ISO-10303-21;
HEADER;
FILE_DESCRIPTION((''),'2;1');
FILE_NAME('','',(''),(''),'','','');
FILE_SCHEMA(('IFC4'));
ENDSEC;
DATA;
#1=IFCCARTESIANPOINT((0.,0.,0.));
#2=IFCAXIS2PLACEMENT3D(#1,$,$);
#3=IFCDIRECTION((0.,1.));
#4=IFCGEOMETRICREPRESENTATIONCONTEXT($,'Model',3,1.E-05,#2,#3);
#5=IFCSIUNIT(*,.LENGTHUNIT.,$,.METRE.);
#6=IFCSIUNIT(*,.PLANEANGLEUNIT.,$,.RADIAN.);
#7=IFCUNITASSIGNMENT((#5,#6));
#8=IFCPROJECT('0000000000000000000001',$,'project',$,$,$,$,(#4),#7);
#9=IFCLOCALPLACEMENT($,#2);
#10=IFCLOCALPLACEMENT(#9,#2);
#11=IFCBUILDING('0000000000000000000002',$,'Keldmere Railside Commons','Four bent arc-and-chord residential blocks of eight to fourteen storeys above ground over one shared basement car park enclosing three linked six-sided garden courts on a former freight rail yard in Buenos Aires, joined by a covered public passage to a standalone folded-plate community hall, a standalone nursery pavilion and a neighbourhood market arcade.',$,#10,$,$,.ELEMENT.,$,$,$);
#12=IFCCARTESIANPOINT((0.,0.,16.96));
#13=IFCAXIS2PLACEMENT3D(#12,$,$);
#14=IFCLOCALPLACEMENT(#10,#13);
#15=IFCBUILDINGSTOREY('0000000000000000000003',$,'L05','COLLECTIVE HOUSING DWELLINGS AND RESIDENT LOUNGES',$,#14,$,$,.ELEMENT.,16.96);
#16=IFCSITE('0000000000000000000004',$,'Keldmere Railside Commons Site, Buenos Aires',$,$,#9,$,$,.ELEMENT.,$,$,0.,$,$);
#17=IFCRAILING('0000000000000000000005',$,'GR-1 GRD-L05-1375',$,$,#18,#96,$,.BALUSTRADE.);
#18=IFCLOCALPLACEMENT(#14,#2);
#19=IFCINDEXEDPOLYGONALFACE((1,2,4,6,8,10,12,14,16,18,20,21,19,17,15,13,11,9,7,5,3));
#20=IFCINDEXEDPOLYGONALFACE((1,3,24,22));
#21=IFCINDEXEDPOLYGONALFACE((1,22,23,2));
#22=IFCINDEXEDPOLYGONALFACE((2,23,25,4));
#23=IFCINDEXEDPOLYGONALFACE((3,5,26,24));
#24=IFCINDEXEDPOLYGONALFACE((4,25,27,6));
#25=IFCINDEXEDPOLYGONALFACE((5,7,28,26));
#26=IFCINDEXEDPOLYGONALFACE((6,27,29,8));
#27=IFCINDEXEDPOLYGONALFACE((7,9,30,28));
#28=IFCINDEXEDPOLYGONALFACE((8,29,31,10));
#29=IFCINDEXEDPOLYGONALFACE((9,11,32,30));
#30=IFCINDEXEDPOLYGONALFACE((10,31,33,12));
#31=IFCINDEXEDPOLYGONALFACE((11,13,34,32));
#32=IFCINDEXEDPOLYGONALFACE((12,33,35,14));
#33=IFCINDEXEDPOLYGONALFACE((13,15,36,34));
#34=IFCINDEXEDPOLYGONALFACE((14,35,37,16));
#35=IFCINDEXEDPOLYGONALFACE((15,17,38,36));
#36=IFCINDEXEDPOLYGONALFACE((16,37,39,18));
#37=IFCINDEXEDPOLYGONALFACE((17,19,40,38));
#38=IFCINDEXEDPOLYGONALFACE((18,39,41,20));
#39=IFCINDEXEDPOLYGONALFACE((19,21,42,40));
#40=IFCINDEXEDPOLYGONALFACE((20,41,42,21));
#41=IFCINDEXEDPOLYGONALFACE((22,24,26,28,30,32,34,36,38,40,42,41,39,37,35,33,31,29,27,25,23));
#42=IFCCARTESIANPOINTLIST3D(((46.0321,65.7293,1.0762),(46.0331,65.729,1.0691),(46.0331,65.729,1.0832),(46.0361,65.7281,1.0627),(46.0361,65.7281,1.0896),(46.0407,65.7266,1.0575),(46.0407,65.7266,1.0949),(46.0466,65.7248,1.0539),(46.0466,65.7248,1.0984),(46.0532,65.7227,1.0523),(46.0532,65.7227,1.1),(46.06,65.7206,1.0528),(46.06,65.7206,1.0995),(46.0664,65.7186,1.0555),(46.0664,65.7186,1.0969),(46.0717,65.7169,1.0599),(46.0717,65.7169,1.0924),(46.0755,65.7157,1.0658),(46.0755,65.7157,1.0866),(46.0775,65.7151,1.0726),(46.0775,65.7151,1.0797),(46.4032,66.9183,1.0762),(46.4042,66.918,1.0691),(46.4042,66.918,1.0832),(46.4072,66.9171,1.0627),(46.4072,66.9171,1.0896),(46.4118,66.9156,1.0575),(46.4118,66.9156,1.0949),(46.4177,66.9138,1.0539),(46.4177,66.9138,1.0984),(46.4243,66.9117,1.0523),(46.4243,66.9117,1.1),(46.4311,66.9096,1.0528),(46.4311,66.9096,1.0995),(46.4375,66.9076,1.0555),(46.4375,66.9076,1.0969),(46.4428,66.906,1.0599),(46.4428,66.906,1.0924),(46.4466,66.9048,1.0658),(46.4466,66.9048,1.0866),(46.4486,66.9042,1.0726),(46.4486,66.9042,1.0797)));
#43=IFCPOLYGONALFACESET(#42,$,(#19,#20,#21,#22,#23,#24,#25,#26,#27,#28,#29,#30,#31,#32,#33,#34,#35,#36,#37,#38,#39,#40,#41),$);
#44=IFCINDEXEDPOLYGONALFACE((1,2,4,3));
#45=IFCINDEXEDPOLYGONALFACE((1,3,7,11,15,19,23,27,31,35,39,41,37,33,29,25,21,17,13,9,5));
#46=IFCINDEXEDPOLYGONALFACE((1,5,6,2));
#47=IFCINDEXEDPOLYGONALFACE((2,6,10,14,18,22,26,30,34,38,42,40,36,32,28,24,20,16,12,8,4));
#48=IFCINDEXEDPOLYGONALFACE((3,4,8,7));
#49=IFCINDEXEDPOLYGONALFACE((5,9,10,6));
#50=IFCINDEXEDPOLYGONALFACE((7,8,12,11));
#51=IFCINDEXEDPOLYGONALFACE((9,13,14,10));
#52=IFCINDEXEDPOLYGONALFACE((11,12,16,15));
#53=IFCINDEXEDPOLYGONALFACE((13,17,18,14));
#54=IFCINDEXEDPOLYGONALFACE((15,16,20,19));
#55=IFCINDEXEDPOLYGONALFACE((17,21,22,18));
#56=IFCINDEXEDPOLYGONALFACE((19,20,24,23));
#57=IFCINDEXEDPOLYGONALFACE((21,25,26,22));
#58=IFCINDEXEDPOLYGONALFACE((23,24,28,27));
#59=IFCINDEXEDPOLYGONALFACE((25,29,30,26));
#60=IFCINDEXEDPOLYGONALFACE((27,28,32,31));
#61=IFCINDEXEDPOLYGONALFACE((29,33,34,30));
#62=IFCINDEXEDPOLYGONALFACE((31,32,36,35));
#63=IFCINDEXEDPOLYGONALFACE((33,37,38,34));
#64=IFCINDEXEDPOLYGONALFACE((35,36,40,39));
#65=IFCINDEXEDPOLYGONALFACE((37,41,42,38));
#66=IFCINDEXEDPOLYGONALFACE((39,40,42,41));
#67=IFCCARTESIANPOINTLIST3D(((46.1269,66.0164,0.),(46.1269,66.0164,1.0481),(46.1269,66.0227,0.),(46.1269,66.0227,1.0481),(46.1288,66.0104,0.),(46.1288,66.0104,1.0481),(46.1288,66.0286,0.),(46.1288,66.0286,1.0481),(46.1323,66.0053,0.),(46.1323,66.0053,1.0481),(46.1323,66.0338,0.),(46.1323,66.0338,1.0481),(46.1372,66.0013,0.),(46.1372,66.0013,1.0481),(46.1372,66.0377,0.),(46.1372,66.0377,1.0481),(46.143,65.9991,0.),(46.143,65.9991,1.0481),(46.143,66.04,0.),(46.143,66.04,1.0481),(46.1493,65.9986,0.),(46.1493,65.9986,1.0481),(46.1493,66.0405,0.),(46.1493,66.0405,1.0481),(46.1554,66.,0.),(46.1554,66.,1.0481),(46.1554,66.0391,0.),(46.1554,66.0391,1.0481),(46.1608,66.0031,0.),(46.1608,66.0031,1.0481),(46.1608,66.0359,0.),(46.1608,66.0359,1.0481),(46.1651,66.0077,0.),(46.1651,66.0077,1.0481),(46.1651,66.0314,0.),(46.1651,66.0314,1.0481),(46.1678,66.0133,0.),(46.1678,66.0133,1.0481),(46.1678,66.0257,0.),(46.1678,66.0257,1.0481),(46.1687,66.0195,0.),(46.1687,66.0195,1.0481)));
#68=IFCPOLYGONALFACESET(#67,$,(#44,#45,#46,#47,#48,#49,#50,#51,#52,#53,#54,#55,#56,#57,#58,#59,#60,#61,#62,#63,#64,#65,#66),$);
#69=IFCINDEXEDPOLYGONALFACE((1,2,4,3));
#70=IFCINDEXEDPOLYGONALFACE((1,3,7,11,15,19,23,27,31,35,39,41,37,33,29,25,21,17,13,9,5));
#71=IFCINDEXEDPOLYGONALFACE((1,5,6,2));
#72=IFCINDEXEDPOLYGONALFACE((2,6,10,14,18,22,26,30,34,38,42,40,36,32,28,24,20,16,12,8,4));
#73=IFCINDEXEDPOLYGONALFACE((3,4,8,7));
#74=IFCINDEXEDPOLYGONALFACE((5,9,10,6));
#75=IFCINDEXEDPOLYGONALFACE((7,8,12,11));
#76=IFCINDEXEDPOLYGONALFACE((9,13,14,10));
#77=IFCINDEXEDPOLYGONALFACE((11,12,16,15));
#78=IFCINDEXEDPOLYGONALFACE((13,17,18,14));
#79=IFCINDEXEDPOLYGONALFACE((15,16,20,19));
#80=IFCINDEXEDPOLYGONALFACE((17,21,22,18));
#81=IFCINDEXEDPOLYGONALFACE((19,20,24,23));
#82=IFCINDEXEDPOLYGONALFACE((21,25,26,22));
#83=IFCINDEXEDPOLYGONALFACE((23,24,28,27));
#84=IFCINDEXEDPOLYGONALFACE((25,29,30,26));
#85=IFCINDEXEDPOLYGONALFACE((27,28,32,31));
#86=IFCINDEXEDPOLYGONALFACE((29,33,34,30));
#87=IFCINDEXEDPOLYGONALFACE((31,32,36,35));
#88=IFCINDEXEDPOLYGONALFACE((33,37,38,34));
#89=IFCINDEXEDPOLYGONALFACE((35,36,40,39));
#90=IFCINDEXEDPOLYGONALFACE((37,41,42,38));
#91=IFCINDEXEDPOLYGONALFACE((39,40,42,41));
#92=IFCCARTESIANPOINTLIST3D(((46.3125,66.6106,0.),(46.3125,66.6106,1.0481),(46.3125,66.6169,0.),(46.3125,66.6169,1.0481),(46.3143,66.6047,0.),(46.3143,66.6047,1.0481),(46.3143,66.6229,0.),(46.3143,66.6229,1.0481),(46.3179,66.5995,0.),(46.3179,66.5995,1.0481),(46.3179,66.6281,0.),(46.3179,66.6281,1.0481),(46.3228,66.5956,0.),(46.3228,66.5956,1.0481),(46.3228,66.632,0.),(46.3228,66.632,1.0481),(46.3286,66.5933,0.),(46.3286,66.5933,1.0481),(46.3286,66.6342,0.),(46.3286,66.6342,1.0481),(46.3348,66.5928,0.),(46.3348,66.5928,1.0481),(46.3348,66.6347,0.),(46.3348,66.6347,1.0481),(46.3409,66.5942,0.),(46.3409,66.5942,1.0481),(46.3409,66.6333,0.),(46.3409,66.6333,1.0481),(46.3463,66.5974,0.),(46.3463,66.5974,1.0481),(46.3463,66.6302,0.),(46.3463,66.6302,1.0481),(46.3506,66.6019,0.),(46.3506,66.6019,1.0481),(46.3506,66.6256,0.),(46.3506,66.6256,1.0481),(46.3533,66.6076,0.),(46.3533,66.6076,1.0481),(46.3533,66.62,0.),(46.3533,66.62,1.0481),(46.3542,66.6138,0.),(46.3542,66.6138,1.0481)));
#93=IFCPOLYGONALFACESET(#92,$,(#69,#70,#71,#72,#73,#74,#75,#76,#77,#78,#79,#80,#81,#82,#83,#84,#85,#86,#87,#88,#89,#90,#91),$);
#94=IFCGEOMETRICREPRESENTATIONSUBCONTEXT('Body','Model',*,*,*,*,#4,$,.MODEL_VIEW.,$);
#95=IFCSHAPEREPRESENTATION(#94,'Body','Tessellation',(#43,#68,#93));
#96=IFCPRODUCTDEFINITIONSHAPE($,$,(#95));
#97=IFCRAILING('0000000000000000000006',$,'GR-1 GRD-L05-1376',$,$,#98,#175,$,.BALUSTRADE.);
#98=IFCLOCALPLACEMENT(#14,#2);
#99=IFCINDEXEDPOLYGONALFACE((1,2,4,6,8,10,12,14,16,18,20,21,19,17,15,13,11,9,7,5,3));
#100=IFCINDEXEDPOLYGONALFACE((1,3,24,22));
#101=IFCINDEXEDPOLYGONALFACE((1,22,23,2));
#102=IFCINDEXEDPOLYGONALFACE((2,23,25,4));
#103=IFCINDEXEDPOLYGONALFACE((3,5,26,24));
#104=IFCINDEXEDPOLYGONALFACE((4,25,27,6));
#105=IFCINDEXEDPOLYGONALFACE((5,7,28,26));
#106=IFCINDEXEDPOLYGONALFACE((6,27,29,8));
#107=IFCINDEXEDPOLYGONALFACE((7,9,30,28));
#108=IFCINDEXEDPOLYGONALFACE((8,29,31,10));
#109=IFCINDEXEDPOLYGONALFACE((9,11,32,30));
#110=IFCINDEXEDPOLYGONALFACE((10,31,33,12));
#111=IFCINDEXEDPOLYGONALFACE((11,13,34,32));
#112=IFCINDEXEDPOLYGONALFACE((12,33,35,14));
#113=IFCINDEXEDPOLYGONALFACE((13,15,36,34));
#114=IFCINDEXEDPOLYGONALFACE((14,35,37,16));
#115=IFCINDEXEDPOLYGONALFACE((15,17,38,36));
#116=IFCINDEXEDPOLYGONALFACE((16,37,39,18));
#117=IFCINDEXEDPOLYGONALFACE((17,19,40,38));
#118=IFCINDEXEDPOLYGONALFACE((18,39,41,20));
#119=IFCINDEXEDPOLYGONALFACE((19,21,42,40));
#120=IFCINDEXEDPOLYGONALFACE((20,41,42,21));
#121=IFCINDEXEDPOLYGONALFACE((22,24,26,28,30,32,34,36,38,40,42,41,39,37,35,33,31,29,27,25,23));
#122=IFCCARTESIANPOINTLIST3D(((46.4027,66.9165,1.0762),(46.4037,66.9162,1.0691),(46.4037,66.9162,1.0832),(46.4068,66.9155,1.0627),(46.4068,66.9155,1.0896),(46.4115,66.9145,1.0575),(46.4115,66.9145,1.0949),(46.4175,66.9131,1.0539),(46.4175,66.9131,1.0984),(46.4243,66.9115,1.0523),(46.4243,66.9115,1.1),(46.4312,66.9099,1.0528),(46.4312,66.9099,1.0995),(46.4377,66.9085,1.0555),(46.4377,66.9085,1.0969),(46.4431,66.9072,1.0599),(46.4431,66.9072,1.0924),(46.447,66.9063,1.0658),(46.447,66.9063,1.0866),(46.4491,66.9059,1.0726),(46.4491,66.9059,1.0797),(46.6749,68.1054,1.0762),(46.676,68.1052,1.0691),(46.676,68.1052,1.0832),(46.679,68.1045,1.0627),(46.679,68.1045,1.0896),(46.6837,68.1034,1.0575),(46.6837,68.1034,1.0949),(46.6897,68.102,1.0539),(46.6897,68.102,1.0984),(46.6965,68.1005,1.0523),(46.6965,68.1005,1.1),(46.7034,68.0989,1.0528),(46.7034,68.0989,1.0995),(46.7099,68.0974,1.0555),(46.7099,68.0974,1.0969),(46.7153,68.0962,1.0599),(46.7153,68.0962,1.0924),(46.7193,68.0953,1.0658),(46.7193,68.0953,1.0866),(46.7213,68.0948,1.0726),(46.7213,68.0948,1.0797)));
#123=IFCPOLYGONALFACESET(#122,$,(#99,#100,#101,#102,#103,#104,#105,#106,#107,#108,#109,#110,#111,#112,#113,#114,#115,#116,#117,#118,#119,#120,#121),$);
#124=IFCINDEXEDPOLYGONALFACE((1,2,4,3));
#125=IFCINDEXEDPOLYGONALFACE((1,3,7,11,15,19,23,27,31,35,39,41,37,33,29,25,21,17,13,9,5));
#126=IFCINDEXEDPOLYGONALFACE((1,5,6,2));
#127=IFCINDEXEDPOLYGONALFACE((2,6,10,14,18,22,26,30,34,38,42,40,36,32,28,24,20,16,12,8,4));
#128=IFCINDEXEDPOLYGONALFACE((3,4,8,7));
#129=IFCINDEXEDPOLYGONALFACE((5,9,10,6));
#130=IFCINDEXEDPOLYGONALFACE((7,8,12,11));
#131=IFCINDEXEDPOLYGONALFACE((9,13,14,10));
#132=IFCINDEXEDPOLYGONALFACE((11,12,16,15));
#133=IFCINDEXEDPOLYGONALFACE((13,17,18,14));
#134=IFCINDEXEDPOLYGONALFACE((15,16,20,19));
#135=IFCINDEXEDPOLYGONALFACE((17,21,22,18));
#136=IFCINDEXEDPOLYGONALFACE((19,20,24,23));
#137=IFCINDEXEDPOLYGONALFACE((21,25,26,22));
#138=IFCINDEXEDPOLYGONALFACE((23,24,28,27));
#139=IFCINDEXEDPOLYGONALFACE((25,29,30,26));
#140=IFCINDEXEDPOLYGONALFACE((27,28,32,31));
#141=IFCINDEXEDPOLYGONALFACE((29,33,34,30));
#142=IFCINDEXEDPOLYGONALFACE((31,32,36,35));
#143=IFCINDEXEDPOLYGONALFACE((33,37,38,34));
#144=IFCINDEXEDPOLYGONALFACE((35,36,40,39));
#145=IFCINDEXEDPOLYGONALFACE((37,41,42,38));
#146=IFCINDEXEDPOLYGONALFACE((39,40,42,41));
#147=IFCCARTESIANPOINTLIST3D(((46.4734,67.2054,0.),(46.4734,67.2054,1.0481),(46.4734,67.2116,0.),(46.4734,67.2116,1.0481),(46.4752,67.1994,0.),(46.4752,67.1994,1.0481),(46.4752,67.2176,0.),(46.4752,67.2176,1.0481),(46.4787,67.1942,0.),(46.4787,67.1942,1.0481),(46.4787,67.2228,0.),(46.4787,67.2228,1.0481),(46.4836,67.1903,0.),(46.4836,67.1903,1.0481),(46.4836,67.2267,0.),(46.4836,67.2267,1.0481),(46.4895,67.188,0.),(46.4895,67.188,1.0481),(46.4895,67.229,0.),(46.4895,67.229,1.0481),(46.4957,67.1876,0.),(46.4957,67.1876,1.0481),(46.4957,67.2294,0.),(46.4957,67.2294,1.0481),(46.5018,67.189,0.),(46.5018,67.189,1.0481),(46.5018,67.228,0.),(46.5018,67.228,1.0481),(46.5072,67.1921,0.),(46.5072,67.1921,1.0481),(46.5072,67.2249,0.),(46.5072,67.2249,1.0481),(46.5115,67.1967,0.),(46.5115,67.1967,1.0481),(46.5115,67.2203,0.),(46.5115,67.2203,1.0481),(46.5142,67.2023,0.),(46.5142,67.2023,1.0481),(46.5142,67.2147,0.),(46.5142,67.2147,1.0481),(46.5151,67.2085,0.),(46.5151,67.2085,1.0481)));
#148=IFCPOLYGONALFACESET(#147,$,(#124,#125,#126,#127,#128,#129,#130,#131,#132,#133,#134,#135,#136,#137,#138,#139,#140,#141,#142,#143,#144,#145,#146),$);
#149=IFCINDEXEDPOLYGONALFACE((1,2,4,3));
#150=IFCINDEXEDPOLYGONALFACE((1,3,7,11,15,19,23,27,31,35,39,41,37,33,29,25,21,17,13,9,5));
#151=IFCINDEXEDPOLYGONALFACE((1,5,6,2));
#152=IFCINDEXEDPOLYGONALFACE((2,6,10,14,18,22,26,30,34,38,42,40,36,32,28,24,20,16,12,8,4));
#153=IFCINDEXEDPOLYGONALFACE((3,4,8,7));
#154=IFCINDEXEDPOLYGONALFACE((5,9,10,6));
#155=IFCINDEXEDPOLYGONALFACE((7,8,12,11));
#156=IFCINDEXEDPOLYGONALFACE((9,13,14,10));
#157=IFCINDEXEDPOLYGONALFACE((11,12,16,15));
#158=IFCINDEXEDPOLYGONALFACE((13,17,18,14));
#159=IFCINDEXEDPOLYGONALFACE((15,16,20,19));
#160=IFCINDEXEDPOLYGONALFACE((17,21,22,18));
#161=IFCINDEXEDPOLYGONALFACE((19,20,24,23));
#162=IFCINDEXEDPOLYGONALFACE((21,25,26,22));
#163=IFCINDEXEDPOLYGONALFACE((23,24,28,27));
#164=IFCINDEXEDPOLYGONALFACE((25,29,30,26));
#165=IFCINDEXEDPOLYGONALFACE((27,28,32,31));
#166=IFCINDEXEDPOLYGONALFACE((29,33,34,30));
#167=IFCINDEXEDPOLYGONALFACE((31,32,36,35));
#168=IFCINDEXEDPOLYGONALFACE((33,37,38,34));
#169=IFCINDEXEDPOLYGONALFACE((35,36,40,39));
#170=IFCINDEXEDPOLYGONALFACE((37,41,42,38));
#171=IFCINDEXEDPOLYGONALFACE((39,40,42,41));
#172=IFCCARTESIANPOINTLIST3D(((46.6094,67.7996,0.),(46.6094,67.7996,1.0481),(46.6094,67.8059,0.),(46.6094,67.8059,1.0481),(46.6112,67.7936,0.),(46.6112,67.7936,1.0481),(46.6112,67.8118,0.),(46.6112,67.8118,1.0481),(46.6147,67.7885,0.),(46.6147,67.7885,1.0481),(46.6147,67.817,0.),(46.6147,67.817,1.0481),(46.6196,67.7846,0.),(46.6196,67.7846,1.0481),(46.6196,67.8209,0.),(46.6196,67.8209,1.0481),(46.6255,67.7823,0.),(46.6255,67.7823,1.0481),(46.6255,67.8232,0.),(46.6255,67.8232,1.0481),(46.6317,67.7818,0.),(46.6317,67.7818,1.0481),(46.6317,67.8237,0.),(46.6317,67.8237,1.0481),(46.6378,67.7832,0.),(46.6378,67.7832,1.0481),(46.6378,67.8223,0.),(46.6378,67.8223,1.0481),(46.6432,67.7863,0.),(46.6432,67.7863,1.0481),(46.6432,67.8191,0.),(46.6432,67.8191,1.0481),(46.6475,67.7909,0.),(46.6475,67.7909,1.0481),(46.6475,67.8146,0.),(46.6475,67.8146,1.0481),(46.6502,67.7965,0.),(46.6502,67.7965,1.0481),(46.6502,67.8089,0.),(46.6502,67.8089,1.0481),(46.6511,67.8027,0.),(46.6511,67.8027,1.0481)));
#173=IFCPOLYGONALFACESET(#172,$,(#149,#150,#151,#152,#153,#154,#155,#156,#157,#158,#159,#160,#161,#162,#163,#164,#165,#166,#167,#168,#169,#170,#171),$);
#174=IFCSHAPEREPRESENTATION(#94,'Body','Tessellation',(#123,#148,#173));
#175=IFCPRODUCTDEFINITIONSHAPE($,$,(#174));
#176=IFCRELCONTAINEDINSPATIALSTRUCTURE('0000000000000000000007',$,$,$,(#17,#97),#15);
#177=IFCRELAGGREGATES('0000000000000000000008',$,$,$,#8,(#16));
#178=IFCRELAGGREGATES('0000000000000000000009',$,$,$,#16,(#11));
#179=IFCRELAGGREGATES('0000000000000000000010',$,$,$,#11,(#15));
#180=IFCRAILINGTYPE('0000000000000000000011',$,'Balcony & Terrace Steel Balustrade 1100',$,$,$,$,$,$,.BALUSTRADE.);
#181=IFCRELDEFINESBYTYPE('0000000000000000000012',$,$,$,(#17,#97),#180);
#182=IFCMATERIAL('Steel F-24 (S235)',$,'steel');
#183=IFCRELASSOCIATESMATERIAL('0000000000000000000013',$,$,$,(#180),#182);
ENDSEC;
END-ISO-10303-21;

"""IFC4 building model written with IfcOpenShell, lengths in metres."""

from ifc_helpers import new_model, si_unit, direction, frame, origin, origin_2d, place, context, subcontext, project, spatial, circle, extrude, material, type_object, element, save


model = new_model("IFC4")

# Units and contexts
model_context = context("Model", 3, precision=1e-05, world=origin(), true_north=direction((0.0, 1.0)))
body_context = subcontext(model_context, "Body", "Model", "MODEL_VIEW")
ifc_project = project(units=[si_unit("LENGTHUNIT", "METRE"), si_unit("PLANEANGLEUNIT", "RADIAN")], contexts=[model_context])

# Site, building, storey
site_placement = place(None, origin())
site = spatial("IfcSite", under=ifc_project, at=site_placement, Name="Keldmere Railside Commons Site, Buenos Aires", CompositionType="ELEMENT", RefElevation=0.0)
building_placement = place(site_placement, origin())
building = spatial("IfcBuilding", under=site, at=building_placement, Name="Keldmere Railside Commons", Description="Four bent arc-and-chord residential blocks of eight to fourteen storeys above ground over one shared basement car park enclosing three linked six-sided garden courts on a former freight rail yard in Buenos Aires, joined by a covered public passage to a standalone folded-plate community hall, a standalone nursery pavilion and a neighbourhood market arcade.", CompositionType="ELEMENT")
storey_placement = place(building_placement, frame((0.0, 0.0, 16.96)))
storey = spatial("IfcBuildingStorey", under=building, at=storey_placement, Name="L05", Description="COLLECTIVE HOUSING DWELLINGS AND RESIDENT LOUNGES", CompositionType="ELEMENT", Elevation=16.96)

# Railings
ifc_material_1 = material(Name="Steel F-24 (S235)", Category="steel")
railing_type_1 = type_object("IfcRailingType", Name="Balcony & Terrace Steel Balustrade 1100", PredefinedType="BALUSTRADE", material=ifc_material_1)
railing_1_placement = place(storey_placement, frame((46.0549, 65.7222, 0.0)))
element("IfcRailing", 1, at=railing_1_placement, inside=storey, type_object=railing_type_1, Name="GR-1 GRD-L05-1375", PredefinedType="BALUSTRADE", context=body_context, shape_type="SweptSolid", body=[
    extrude(circle(Radius=0.0239, at=origin_2d()), frame((0.0, 0.0, 1.0762), z_axis=(0.29794, 0.954585, 0.0), x_axis=(-0.954585, 0.29794, 0.0)), (0.0, 0.0, 1.0), 1.2456),
    extrude(circle(Radius=0.021, at=origin_2d()), frame((0.0928, 0.2974, 0.0)), (0.0, 0.0, 1.0), 1.0481),
    extrude(circle(Radius=0.021, at=origin_2d()), frame((0.2783, 0.8916, 0.0)), (0.0, 0.0, 1.0), 1.0481),
])
railing_2_placement = place(storey_placement, frame((46.426, 66.9111, 0.0)))
element("IfcRailing", 2, at=railing_2_placement, inside=storey, type_object=railing_type_1, Name="GR-1 GRD-L05-1376", PredefinedType="BALUSTRADE", context=body_context, shape_type="SweptSolid", body=[
    extrude(circle(Radius=0.0239, at=origin_2d()), frame((0.0, 0.0, 1.0762), z_axis=(0.223178, 0.974778, 0.0), x_axis=(-0.974778, 0.223178, 0.0)), (0.0, 0.0, 1.0), 1.2197),
    extrude(circle(Radius=0.021, at=origin_2d()), frame((0.0681, 0.2974, 0.0)), (0.0, 0.0, 1.0), 1.0481),
    extrude(circle(Radius=0.021, at=origin_2d()), frame((0.2041, 0.8916, 0.0)), (0.0, 0.0, 1.0), 1.0481),
])

save(model, "model.ifc")
